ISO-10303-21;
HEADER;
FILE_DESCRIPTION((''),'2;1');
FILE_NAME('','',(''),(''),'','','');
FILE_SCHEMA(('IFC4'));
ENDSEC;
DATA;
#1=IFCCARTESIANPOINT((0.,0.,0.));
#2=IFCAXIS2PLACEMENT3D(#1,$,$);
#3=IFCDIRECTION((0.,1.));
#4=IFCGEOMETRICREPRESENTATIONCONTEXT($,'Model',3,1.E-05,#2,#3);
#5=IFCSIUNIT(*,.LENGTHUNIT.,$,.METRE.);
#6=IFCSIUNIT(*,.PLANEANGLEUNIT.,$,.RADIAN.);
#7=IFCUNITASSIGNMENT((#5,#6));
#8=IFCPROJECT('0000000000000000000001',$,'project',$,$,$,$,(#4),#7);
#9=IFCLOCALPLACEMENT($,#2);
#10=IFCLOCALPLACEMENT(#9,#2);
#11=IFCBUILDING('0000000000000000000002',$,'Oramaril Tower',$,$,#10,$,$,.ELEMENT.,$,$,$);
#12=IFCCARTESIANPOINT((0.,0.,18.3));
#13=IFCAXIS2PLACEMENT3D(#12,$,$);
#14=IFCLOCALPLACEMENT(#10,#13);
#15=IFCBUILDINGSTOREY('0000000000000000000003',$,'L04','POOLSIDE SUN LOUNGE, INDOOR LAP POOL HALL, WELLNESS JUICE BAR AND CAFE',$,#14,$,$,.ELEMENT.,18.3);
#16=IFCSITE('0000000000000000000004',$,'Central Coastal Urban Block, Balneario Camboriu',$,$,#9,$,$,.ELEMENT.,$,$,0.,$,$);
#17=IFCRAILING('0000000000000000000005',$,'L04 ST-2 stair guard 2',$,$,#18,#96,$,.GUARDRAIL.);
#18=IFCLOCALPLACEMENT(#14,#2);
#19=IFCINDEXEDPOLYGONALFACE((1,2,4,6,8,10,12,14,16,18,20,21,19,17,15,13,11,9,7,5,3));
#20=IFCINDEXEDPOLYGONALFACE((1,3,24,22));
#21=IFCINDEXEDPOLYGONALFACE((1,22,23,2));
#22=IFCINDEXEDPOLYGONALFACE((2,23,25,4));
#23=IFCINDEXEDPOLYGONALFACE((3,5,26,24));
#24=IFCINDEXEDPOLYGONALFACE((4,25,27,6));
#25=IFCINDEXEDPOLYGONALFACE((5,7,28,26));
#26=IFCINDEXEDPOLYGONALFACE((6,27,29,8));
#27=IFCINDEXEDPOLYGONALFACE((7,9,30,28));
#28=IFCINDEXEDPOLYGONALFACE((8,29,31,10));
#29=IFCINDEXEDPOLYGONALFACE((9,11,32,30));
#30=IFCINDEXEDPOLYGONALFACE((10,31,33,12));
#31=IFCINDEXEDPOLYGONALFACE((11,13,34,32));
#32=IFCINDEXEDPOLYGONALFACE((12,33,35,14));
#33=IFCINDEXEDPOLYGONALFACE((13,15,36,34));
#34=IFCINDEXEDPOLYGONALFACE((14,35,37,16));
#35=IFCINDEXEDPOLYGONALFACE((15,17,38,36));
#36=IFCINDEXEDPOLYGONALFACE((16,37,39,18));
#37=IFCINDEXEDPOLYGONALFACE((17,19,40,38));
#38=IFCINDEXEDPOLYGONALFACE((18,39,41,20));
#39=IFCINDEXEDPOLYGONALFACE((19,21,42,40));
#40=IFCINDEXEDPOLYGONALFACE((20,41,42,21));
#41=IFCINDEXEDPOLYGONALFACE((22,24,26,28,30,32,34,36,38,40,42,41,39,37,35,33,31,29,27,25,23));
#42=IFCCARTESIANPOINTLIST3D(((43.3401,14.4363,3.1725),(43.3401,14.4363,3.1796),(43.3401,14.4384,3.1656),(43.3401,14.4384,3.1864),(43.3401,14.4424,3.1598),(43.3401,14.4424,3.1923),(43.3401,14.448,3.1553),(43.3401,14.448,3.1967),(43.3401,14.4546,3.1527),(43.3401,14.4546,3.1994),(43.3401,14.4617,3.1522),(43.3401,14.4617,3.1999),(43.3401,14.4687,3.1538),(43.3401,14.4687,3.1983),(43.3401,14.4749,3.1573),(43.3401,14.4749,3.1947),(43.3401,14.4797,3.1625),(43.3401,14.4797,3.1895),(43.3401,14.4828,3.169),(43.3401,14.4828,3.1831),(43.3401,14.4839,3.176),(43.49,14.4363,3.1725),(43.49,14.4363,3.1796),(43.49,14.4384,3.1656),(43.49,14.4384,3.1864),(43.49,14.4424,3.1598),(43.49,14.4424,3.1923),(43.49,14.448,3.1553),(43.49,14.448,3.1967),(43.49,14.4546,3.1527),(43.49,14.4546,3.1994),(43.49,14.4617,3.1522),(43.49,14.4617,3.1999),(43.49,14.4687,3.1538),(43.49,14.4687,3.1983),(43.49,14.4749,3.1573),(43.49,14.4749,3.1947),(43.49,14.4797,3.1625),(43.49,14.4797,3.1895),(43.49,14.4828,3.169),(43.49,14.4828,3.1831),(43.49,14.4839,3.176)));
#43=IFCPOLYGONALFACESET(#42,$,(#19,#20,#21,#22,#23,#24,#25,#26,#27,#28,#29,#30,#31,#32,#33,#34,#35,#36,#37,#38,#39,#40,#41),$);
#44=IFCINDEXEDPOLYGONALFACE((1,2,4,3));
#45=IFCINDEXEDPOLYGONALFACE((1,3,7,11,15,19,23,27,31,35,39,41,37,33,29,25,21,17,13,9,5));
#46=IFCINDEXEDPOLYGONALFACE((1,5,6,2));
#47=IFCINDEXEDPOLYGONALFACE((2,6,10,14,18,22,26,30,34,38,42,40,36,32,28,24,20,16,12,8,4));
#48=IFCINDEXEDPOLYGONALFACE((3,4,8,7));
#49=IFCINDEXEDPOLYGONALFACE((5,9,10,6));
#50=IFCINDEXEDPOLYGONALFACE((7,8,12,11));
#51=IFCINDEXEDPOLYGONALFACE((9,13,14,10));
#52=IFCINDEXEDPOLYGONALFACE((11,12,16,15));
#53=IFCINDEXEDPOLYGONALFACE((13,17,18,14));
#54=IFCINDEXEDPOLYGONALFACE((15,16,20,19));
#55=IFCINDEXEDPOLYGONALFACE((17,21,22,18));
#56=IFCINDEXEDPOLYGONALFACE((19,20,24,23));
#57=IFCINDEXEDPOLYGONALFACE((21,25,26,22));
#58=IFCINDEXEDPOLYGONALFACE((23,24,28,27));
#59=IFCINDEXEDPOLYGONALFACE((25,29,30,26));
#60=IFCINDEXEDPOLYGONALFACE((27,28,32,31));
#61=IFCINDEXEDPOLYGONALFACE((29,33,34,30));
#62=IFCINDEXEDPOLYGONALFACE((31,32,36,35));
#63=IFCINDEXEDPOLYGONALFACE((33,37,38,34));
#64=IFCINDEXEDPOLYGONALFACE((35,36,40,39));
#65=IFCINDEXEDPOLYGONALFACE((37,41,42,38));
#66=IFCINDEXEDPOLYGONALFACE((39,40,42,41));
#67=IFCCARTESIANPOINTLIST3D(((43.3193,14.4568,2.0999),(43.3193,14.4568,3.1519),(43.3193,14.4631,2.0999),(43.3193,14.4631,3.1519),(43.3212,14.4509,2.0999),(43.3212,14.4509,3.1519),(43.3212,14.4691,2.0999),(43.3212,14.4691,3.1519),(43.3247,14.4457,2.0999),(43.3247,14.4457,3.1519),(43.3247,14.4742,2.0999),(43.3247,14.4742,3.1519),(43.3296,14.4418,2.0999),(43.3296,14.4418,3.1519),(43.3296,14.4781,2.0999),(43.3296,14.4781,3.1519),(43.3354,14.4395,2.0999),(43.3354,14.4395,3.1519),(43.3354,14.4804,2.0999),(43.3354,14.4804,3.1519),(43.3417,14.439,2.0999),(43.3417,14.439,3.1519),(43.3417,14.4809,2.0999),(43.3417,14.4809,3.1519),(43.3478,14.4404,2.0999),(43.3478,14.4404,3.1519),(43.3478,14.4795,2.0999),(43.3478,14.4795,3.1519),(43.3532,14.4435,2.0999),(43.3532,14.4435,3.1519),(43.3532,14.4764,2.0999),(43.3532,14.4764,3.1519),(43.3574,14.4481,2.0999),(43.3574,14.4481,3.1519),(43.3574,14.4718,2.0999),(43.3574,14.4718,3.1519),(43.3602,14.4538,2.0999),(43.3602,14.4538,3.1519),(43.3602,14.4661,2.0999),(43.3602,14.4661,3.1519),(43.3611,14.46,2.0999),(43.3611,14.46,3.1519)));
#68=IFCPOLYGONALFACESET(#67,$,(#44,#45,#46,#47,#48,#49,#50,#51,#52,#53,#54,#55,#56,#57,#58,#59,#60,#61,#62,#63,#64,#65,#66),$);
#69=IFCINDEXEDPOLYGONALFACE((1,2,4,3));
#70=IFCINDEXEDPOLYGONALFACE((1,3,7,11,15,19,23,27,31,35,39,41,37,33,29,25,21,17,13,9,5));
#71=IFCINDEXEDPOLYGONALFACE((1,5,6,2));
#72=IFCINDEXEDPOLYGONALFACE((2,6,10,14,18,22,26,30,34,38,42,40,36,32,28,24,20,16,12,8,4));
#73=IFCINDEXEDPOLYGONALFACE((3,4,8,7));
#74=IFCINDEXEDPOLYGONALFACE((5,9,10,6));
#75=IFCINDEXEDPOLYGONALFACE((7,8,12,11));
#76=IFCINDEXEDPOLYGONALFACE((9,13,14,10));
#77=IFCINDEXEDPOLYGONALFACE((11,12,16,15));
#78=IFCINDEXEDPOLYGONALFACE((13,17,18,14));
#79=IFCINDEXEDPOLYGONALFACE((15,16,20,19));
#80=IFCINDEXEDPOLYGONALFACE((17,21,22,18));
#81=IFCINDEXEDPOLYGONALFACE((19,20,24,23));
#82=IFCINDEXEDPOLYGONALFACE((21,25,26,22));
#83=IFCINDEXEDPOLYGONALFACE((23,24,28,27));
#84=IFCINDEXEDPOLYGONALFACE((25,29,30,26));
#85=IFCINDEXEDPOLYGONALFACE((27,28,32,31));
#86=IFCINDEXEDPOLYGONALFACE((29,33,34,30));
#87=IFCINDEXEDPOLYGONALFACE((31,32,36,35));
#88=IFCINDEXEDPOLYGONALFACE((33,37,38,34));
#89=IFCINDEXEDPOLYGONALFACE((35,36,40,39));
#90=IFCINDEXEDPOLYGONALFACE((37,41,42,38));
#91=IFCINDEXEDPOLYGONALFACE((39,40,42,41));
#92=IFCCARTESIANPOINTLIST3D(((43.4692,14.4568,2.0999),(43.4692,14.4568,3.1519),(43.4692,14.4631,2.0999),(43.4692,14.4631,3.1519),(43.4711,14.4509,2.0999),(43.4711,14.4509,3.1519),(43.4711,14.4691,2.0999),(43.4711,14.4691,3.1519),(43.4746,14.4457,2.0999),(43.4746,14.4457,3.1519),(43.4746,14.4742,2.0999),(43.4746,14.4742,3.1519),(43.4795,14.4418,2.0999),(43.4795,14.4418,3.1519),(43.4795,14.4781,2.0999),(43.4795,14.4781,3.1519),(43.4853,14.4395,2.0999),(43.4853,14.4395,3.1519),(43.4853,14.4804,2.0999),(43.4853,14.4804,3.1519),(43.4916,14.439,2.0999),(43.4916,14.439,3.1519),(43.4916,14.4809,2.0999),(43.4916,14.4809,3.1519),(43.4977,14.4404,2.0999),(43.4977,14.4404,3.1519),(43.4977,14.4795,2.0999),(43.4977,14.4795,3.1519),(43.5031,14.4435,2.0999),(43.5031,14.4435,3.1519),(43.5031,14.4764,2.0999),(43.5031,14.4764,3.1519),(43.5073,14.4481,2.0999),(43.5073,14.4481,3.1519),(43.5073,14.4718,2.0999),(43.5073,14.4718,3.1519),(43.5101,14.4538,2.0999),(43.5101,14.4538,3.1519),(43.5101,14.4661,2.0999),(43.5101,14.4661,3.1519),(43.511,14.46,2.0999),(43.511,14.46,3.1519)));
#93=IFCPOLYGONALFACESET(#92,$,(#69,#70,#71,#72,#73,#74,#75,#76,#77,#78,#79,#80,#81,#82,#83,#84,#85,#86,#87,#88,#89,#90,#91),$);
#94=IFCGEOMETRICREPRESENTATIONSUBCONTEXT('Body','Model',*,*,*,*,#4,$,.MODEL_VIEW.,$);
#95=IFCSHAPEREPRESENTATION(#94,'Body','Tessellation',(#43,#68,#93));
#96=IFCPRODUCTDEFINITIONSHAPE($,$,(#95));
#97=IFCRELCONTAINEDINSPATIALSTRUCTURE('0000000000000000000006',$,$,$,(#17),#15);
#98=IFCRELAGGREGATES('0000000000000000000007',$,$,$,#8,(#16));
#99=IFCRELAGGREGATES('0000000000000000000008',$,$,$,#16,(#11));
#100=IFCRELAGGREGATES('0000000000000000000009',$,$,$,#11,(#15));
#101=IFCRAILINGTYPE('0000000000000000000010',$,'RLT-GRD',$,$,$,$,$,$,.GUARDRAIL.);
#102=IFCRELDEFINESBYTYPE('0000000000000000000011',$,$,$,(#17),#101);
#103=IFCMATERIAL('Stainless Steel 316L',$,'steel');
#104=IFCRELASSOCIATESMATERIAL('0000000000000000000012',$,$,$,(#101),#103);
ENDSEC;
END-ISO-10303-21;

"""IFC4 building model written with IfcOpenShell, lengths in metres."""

from ifc_helpers import new_model, si_unit, direction, frame, origin, origin_2d, place, context, subcontext, project, spatial, circle, extrude, material, type_object, element, save


model = new_model("IFC4")

# Units and contexts
model_context = context("Model", 3, precision=1e-05, world=origin(), true_north=direction((0.0, 1.0)))
body_context = subcontext(model_context, "Body", "Model", "MODEL_VIEW")
ifc_project = project(units=[si_unit("LENGTHUNIT", "METRE"), si_unit("PLANEANGLEUNIT", "RADIAN")], contexts=[model_context])

# Site, building, storey
site_placement = place(None, origin())
site = spatial("IfcSite", under=ifc_project, at=site_placement, Name="Central Coastal Urban Block, Balneario Camboriu", CompositionType="ELEMENT", RefElevation=0.0)
building_placement = place(site_placement, origin())
building = spatial("IfcBuilding", under=site, at=building_placement, Name="Oramaril Tower", CompositionType="ELEMENT")
storey_placement = place(building_placement, frame((0.0, 0.0, 18.3)))
storey = spatial("IfcBuildingStorey", under=building, at=storey_placement, Name="L04", Description="POOLSIDE SUN LOUNGE, INDOOR LAP POOL HALL, WELLNESS JUICE BAR AND CAFE", CompositionType="ELEMENT", Elevation=18.3)

# Railing
ifc_material_1 = material(Name="Stainless Steel 316L", Category="steel")
railing_type_1 = type_object("IfcRailingType", Name="RLT-GRD", PredefinedType="GUARDRAIL", material=ifc_material_1)
railing_1_placement = place(storey_placement, frame((43.3401, 14.46, 2.0999)))
element("IfcRailing", 1, at=railing_1_placement, inside=storey, type_object=railing_type_1, Name="L04 ST-2 stair guard 2", PredefinedType="GUARDRAIL", context=body_context, shape_type="SweptSolid", body=[
    extrude(circle(Radius=0.0239, at=origin_2d()), frame((0.0, 0.0, 1.0762), z_axis=(1.0, 0.0, 0.0), x_axis=(0.0, 1.0, 0.0)), (0.0, 0.0, 1.0), 0.1499),
    extrude(circle(Radius=0.021, at=origin_2d()), origin(), (0.0, 0.0, 1.0), 1.052),
    extrude(circle(Radius=0.021, at=origin_2d()), frame((0.1499, 0.0, 0.0)), (0.0, 0.0, 1.0), 1.052),
])

save(model, "model.ifc")
